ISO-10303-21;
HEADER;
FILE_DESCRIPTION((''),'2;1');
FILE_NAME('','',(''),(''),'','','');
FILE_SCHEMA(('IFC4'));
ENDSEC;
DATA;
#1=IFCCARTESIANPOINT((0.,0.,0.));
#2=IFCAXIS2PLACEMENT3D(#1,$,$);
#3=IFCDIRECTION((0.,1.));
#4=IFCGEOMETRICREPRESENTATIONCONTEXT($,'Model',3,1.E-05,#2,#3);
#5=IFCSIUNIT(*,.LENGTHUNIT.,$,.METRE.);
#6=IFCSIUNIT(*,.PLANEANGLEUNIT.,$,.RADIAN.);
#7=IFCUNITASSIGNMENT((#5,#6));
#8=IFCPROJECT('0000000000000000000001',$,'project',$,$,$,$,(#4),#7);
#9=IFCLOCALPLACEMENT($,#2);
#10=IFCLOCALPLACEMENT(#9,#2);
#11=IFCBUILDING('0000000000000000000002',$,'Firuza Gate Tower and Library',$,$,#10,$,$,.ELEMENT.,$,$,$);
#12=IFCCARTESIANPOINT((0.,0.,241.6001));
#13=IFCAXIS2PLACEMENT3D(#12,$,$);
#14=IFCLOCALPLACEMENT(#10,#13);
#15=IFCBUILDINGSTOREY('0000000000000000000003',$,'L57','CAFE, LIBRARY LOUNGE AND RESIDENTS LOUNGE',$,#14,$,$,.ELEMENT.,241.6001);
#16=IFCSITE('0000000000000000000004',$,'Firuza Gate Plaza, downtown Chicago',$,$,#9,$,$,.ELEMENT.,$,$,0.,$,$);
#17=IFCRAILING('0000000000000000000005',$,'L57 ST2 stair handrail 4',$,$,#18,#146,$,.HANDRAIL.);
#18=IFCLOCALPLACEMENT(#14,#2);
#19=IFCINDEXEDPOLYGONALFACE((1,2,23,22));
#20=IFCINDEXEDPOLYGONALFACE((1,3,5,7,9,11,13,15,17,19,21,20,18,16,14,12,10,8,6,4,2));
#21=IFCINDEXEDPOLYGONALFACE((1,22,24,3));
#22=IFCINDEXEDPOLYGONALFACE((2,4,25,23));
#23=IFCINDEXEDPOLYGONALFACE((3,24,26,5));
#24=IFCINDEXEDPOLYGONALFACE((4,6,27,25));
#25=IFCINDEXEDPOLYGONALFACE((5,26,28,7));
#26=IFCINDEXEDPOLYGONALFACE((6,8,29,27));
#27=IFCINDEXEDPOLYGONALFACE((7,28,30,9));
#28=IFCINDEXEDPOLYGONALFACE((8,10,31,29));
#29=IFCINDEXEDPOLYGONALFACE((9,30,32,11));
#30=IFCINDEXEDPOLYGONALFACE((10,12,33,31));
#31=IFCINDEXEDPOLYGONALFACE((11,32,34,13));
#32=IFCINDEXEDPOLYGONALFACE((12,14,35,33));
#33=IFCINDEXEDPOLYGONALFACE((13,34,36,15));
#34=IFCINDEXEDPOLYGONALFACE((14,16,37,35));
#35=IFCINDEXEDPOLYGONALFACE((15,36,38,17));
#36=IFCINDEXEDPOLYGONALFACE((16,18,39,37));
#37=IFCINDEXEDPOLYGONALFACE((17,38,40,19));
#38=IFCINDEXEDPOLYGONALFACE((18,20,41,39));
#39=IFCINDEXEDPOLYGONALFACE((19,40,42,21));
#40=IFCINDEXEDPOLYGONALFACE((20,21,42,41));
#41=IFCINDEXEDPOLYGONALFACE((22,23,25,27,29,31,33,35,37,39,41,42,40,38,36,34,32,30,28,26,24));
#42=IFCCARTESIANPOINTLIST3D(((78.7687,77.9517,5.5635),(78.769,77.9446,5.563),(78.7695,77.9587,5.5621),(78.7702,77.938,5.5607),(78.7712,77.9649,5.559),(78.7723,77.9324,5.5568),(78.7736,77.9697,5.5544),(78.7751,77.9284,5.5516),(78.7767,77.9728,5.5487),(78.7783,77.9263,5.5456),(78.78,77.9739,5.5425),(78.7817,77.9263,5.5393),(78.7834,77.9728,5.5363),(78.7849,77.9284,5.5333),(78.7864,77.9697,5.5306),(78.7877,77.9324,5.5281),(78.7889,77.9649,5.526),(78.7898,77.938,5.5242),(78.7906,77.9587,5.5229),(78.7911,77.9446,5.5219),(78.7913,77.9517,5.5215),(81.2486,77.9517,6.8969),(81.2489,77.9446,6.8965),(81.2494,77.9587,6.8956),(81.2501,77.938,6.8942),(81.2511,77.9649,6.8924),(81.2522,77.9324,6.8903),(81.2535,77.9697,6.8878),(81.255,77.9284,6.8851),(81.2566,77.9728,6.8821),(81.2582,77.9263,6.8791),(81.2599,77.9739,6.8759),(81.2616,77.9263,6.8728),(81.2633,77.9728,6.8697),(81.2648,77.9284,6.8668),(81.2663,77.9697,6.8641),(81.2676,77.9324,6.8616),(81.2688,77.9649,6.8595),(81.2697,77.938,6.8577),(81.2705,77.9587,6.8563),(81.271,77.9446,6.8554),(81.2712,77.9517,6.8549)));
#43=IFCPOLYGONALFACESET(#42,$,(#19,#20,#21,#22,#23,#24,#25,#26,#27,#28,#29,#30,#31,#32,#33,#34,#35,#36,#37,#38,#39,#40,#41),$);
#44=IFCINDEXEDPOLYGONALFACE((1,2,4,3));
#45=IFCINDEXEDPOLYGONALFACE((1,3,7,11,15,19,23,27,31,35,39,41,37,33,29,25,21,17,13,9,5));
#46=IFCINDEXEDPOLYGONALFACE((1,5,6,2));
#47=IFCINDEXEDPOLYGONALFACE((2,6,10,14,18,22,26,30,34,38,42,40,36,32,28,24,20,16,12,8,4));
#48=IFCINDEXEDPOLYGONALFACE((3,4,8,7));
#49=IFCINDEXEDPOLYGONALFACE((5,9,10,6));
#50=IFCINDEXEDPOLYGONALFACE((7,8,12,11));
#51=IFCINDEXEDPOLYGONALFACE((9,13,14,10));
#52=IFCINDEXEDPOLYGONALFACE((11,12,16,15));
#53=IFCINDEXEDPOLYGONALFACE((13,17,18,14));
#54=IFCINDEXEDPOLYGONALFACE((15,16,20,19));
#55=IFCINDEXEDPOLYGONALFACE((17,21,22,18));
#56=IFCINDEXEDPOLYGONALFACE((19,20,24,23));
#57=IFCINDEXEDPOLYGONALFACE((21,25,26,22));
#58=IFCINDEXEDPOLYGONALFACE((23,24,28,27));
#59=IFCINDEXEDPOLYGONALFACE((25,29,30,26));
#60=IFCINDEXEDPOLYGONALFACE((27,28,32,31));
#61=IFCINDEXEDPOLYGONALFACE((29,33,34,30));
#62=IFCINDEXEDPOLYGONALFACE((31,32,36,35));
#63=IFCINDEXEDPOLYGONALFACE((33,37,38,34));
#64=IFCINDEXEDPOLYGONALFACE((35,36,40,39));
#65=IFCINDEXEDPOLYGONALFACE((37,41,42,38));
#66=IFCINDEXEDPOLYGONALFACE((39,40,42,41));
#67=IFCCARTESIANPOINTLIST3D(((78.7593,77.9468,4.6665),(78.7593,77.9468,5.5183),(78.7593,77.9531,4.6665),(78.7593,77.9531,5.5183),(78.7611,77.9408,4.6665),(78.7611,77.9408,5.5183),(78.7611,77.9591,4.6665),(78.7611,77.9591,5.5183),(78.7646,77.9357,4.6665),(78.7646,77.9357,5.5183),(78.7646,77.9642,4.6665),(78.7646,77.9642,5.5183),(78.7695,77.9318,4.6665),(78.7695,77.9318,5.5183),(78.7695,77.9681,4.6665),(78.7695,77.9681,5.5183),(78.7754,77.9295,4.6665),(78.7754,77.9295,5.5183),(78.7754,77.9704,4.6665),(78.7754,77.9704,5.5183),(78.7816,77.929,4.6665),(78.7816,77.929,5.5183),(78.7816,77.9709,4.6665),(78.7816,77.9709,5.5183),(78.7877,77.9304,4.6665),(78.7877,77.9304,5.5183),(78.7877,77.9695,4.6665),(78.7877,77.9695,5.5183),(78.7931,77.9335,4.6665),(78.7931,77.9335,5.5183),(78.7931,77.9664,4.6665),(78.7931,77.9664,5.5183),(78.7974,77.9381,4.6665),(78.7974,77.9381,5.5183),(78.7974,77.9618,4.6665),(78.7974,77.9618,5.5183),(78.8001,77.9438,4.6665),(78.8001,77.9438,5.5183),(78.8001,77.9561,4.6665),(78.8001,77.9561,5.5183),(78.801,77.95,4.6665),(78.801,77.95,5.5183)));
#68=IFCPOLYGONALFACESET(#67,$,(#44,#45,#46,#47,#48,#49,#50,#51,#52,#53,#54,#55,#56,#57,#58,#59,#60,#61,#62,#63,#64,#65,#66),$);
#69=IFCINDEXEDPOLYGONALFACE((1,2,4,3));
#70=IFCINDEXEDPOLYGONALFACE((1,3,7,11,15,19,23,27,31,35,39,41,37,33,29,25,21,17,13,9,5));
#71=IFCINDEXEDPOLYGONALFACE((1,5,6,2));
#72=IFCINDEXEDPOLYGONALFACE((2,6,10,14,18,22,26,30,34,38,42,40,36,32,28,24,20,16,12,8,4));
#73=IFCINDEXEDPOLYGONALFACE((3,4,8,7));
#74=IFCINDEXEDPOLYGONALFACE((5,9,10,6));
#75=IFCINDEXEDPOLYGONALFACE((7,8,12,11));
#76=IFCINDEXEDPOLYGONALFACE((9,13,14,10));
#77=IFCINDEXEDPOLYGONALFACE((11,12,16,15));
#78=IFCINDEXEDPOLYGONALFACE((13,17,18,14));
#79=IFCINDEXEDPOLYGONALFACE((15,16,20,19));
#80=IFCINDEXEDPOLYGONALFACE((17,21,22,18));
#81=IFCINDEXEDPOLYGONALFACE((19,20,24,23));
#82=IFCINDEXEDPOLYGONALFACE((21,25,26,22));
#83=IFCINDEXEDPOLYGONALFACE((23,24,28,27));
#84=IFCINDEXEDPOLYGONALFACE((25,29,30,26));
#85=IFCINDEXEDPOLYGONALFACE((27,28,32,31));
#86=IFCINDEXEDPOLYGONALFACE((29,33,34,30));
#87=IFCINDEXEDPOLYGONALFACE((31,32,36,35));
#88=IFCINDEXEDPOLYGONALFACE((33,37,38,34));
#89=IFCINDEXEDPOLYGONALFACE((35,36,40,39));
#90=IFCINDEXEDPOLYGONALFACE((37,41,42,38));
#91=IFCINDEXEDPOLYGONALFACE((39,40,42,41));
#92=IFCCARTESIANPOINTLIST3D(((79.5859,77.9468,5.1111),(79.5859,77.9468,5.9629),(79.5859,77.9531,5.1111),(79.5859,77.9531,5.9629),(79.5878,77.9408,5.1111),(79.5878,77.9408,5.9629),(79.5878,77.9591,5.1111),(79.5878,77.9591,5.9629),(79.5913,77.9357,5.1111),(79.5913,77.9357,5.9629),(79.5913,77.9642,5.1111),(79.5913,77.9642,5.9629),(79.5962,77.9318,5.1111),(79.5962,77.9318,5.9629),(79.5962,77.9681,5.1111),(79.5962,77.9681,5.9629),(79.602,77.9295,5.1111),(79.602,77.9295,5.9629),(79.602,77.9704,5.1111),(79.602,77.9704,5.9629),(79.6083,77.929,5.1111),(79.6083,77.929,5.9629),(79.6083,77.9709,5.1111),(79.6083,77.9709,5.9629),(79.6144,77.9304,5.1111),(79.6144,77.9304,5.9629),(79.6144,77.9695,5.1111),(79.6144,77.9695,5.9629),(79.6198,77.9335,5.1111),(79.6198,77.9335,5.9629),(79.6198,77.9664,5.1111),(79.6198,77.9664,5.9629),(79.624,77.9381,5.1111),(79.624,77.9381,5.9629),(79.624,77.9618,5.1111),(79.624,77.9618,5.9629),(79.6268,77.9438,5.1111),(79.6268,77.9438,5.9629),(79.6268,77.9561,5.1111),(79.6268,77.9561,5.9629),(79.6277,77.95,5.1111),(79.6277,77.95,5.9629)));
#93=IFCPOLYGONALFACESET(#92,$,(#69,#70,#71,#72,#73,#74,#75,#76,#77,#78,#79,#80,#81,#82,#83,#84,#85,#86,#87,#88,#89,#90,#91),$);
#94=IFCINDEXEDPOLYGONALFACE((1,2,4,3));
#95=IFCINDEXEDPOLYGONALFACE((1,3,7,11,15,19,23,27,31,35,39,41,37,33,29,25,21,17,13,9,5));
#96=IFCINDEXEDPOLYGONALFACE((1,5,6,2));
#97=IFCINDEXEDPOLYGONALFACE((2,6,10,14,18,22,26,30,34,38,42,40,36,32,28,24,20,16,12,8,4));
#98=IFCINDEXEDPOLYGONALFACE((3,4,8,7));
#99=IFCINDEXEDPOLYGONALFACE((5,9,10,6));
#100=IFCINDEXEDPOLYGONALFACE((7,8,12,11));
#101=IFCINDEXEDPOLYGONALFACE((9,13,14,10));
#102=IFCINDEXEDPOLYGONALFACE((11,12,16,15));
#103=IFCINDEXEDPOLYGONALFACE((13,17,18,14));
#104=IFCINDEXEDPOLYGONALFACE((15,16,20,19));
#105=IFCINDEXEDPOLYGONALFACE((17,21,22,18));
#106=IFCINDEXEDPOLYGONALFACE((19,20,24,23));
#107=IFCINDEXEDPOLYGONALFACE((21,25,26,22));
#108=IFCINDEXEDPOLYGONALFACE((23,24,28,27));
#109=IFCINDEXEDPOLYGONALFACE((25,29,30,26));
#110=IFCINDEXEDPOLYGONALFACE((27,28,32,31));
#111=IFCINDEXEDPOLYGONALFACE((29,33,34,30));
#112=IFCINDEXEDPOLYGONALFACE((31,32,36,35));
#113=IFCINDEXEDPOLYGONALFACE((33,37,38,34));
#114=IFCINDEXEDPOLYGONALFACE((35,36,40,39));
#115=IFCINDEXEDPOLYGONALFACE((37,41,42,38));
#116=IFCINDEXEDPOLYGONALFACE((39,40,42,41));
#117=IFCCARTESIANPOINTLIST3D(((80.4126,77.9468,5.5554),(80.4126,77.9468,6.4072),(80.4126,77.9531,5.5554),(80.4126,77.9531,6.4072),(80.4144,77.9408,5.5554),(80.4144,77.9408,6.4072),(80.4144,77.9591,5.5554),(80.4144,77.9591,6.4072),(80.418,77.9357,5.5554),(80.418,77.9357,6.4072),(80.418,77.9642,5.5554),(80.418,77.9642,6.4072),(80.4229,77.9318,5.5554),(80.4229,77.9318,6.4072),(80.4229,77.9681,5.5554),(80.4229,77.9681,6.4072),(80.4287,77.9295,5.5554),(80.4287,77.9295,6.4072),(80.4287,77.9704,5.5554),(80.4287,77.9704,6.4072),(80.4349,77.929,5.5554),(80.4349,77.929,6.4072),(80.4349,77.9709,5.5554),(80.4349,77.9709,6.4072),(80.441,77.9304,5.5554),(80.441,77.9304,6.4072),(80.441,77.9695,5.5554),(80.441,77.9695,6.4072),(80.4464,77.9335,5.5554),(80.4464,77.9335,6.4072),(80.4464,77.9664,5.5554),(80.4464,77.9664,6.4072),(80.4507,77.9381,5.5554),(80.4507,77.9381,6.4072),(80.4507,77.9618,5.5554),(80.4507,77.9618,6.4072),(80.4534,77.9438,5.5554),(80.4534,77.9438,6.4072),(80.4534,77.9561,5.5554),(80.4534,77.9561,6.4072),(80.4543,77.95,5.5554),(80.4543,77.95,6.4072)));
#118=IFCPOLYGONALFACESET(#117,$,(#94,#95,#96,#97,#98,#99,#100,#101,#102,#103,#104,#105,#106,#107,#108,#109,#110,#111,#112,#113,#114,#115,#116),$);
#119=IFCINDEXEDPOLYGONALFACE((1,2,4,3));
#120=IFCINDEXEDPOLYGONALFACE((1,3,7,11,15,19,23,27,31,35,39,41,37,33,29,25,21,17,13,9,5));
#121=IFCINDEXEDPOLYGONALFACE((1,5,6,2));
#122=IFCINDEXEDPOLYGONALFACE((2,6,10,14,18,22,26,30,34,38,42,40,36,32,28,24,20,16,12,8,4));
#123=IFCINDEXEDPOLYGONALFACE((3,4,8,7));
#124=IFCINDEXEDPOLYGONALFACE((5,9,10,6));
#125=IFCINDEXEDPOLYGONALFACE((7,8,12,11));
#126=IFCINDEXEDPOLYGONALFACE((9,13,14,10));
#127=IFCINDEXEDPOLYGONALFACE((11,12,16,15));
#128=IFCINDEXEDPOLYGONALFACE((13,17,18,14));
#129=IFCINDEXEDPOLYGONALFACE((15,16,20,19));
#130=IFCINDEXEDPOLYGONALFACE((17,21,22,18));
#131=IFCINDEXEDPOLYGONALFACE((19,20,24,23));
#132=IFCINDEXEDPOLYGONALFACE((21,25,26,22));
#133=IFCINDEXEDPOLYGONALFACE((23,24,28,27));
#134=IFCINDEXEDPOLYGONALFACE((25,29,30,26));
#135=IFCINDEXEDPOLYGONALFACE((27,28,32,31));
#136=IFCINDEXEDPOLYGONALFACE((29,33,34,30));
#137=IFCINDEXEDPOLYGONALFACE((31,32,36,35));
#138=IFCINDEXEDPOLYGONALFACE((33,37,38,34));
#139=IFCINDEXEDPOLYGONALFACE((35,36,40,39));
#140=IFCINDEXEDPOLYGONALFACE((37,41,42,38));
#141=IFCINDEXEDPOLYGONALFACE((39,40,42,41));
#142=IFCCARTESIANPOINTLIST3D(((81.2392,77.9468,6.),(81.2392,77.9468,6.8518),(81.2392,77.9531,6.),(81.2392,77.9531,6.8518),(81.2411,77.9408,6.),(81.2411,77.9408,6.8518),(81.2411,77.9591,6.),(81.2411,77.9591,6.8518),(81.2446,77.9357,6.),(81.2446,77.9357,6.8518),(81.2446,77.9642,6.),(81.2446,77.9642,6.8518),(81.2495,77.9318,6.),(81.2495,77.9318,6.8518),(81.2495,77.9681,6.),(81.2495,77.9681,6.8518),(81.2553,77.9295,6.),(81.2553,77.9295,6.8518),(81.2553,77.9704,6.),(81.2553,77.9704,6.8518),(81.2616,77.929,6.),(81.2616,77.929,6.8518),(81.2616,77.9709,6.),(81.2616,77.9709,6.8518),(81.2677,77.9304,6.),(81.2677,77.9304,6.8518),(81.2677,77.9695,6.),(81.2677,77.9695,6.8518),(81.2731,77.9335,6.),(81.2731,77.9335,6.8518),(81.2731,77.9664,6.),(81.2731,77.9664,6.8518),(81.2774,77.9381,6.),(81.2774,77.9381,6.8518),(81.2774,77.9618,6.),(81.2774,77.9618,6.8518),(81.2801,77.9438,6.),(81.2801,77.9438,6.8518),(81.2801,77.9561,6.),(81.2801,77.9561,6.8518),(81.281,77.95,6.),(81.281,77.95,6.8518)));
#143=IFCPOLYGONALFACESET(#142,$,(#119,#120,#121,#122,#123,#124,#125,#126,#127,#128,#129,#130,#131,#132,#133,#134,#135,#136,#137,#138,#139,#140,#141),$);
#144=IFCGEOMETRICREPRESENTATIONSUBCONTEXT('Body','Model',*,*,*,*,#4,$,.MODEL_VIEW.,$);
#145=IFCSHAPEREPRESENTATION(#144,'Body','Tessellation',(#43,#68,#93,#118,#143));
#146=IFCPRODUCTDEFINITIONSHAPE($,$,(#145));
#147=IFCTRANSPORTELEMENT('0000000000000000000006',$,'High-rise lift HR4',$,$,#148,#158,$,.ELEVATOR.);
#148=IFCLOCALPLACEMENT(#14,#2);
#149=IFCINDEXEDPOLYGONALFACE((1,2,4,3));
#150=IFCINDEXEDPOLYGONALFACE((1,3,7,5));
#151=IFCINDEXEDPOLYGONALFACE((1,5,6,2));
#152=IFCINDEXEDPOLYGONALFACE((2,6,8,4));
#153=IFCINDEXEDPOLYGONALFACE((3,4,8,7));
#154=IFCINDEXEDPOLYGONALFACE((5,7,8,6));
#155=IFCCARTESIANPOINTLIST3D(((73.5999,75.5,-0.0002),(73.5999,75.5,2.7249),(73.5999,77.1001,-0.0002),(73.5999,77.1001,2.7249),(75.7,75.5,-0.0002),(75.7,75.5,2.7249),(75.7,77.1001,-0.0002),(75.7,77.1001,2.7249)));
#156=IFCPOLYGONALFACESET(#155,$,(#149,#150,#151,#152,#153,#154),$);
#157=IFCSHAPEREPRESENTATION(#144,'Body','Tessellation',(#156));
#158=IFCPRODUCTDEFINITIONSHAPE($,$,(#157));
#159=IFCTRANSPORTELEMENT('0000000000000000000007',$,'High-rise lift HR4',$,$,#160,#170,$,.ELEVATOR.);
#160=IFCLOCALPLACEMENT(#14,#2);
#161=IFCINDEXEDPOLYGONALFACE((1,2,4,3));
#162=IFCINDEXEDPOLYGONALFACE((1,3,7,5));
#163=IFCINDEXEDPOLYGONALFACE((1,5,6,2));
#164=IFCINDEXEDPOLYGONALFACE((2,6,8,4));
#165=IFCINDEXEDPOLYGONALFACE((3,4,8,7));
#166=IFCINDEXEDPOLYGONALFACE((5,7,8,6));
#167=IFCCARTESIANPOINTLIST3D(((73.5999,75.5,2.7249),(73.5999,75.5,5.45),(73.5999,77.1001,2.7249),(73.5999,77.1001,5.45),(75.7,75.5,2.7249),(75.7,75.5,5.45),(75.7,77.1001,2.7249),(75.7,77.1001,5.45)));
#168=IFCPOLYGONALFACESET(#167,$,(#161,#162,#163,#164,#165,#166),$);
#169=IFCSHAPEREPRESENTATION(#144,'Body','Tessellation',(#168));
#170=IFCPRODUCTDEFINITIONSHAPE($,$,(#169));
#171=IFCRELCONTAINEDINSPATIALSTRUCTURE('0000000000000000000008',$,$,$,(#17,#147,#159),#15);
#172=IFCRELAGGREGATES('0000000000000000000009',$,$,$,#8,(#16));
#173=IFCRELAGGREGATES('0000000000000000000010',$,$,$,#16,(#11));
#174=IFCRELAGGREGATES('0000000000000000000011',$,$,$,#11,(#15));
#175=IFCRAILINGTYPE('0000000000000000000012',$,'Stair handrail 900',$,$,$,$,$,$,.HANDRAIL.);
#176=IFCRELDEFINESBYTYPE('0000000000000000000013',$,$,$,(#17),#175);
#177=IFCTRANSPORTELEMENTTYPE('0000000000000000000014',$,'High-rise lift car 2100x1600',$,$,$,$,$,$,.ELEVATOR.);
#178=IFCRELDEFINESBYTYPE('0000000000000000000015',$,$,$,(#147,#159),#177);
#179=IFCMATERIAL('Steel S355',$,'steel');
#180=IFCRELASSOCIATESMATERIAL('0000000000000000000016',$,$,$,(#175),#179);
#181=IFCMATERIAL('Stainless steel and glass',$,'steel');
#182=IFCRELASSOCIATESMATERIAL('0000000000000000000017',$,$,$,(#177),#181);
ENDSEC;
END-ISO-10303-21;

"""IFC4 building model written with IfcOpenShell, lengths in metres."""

from ifc_helpers import new_model, si_unit, direction, frame, origin, origin_2d, place, context, subcontext, project, spatial, rectangle, circle, extrude, material, type_object, element, save


model = new_model("IFC4")

# Units and contexts
model_context = context("Model", 3, precision=1e-05, world=origin(), true_north=direction((0.0, 1.0)))
body_context = subcontext(model_context, "Body", "Model", "MODEL_VIEW")
ifc_project = project(units=[si_unit("LENGTHUNIT", "METRE"), si_unit("PLANEANGLEUNIT", "RADIAN")], contexts=[model_context])

# Site, building, storey
site_placement = place(None, origin())
site = spatial("IfcSite", under=ifc_project, at=site_placement, Name="Firuza Gate Plaza, downtown Chicago", CompositionType="ELEMENT", RefElevation=0.0)
building_placement = place(site_placement, origin())
building = spatial("IfcBuilding", under=site, at=building_placement, Name="Firuza Gate Tower and Library", CompositionType="ELEMENT")
storey_placement = place(building_placement, frame((0.0, 0.0, 241.6001)))
storey = spatial("IfcBuildingStorey", under=building, at=storey_placement, Name="L57", Description="CAFE, LIBRARY LOUNGE AND RESIDENTS LOUNGE", CompositionType="ELEMENT", Elevation=241.6001)

# Railing
ifc_material_1 = material(Name="Steel S355", Category="steel")
railing_type_1 = type_object("IfcRailingType", Name="Stair handrail 900", PredefinedType="HANDRAIL", material=ifc_material_1)
railing_1_placement = place(storey_placement, frame((78.78, 77.95, 4.6665)))
element("IfcRailing", 1, at=railing_1_placement, inside=storey, type_object=railing_type_1, Name="L57 ST2 stair handrail 4", PredefinedType="HANDRAIL", context=body_context, shape_type="SweptSolid", body=[
    extrude(circle(Radius=0.0239, at=origin_2d()), frame((0.0, 0.0, 0.876), z_axis=(0.880749, 0.0, 0.473583), x_axis=(0.0, 1.0, 0.0)), (0.0, 0.0, 1.0), 2.8157),
    extrude(circle(Radius=0.021, at=origin_2d()), origin(), (0.0, 0.0, 1.0), 0.8518),
    extrude(circle(Radius=0.021, at=origin_2d()), frame((0.8267, 0.0, 0.4446)), (0.0, 0.0, 1.0), 0.8518),
    extrude(circle(Radius=0.021, at=origin_2d()), frame((1.6533, 0.0, 0.8889)), (0.0, 0.0, 1.0), 0.8518),
    extrude(circle(Radius=0.021, at=origin_2d()), frame((2.48, 0.0, 1.3335)), (0.0, 0.0, 1.0), 0.8518),
])

# Transport elements
ifc_material_2 = material(Name="Stainless steel and glass", Category="steel")
transport_element_type = type_object("IfcTransportElementType", Name="High-rise lift car 2100x1600", PredefinedType="ELEVATOR", material=ifc_material_2)
for number, where, z_axis, x_axis, name in (
    (2, (74.6499, 76.3, -0.0002), (0.0, 0.0, 1.0), (1.0, 0.0, 0.0), "High-rise lift HR4"),
    (3, (74.6499, 76.3, 2.7249), (0.0, 0.0, 1.0), (1.0, 0.0, 0.0), "High-rise lift HR4"),
):
    element("IfcTransportElement", number, at=place(storey_placement, frame(where, z_axis=z_axis, x_axis=x_axis)), inside=storey, type_object=transport_element_type, Name=name, PredefinedType="ELEVATOR", context=body_context, shape_type="SweptSolid", body=[
        extrude(rectangle(XDim=2.1001, YDim=1.6001, at=origin_2d()), origin(), (0.0, 0.0, 1.0), 2.7251),
    ])

save(model, "model.ifc")
